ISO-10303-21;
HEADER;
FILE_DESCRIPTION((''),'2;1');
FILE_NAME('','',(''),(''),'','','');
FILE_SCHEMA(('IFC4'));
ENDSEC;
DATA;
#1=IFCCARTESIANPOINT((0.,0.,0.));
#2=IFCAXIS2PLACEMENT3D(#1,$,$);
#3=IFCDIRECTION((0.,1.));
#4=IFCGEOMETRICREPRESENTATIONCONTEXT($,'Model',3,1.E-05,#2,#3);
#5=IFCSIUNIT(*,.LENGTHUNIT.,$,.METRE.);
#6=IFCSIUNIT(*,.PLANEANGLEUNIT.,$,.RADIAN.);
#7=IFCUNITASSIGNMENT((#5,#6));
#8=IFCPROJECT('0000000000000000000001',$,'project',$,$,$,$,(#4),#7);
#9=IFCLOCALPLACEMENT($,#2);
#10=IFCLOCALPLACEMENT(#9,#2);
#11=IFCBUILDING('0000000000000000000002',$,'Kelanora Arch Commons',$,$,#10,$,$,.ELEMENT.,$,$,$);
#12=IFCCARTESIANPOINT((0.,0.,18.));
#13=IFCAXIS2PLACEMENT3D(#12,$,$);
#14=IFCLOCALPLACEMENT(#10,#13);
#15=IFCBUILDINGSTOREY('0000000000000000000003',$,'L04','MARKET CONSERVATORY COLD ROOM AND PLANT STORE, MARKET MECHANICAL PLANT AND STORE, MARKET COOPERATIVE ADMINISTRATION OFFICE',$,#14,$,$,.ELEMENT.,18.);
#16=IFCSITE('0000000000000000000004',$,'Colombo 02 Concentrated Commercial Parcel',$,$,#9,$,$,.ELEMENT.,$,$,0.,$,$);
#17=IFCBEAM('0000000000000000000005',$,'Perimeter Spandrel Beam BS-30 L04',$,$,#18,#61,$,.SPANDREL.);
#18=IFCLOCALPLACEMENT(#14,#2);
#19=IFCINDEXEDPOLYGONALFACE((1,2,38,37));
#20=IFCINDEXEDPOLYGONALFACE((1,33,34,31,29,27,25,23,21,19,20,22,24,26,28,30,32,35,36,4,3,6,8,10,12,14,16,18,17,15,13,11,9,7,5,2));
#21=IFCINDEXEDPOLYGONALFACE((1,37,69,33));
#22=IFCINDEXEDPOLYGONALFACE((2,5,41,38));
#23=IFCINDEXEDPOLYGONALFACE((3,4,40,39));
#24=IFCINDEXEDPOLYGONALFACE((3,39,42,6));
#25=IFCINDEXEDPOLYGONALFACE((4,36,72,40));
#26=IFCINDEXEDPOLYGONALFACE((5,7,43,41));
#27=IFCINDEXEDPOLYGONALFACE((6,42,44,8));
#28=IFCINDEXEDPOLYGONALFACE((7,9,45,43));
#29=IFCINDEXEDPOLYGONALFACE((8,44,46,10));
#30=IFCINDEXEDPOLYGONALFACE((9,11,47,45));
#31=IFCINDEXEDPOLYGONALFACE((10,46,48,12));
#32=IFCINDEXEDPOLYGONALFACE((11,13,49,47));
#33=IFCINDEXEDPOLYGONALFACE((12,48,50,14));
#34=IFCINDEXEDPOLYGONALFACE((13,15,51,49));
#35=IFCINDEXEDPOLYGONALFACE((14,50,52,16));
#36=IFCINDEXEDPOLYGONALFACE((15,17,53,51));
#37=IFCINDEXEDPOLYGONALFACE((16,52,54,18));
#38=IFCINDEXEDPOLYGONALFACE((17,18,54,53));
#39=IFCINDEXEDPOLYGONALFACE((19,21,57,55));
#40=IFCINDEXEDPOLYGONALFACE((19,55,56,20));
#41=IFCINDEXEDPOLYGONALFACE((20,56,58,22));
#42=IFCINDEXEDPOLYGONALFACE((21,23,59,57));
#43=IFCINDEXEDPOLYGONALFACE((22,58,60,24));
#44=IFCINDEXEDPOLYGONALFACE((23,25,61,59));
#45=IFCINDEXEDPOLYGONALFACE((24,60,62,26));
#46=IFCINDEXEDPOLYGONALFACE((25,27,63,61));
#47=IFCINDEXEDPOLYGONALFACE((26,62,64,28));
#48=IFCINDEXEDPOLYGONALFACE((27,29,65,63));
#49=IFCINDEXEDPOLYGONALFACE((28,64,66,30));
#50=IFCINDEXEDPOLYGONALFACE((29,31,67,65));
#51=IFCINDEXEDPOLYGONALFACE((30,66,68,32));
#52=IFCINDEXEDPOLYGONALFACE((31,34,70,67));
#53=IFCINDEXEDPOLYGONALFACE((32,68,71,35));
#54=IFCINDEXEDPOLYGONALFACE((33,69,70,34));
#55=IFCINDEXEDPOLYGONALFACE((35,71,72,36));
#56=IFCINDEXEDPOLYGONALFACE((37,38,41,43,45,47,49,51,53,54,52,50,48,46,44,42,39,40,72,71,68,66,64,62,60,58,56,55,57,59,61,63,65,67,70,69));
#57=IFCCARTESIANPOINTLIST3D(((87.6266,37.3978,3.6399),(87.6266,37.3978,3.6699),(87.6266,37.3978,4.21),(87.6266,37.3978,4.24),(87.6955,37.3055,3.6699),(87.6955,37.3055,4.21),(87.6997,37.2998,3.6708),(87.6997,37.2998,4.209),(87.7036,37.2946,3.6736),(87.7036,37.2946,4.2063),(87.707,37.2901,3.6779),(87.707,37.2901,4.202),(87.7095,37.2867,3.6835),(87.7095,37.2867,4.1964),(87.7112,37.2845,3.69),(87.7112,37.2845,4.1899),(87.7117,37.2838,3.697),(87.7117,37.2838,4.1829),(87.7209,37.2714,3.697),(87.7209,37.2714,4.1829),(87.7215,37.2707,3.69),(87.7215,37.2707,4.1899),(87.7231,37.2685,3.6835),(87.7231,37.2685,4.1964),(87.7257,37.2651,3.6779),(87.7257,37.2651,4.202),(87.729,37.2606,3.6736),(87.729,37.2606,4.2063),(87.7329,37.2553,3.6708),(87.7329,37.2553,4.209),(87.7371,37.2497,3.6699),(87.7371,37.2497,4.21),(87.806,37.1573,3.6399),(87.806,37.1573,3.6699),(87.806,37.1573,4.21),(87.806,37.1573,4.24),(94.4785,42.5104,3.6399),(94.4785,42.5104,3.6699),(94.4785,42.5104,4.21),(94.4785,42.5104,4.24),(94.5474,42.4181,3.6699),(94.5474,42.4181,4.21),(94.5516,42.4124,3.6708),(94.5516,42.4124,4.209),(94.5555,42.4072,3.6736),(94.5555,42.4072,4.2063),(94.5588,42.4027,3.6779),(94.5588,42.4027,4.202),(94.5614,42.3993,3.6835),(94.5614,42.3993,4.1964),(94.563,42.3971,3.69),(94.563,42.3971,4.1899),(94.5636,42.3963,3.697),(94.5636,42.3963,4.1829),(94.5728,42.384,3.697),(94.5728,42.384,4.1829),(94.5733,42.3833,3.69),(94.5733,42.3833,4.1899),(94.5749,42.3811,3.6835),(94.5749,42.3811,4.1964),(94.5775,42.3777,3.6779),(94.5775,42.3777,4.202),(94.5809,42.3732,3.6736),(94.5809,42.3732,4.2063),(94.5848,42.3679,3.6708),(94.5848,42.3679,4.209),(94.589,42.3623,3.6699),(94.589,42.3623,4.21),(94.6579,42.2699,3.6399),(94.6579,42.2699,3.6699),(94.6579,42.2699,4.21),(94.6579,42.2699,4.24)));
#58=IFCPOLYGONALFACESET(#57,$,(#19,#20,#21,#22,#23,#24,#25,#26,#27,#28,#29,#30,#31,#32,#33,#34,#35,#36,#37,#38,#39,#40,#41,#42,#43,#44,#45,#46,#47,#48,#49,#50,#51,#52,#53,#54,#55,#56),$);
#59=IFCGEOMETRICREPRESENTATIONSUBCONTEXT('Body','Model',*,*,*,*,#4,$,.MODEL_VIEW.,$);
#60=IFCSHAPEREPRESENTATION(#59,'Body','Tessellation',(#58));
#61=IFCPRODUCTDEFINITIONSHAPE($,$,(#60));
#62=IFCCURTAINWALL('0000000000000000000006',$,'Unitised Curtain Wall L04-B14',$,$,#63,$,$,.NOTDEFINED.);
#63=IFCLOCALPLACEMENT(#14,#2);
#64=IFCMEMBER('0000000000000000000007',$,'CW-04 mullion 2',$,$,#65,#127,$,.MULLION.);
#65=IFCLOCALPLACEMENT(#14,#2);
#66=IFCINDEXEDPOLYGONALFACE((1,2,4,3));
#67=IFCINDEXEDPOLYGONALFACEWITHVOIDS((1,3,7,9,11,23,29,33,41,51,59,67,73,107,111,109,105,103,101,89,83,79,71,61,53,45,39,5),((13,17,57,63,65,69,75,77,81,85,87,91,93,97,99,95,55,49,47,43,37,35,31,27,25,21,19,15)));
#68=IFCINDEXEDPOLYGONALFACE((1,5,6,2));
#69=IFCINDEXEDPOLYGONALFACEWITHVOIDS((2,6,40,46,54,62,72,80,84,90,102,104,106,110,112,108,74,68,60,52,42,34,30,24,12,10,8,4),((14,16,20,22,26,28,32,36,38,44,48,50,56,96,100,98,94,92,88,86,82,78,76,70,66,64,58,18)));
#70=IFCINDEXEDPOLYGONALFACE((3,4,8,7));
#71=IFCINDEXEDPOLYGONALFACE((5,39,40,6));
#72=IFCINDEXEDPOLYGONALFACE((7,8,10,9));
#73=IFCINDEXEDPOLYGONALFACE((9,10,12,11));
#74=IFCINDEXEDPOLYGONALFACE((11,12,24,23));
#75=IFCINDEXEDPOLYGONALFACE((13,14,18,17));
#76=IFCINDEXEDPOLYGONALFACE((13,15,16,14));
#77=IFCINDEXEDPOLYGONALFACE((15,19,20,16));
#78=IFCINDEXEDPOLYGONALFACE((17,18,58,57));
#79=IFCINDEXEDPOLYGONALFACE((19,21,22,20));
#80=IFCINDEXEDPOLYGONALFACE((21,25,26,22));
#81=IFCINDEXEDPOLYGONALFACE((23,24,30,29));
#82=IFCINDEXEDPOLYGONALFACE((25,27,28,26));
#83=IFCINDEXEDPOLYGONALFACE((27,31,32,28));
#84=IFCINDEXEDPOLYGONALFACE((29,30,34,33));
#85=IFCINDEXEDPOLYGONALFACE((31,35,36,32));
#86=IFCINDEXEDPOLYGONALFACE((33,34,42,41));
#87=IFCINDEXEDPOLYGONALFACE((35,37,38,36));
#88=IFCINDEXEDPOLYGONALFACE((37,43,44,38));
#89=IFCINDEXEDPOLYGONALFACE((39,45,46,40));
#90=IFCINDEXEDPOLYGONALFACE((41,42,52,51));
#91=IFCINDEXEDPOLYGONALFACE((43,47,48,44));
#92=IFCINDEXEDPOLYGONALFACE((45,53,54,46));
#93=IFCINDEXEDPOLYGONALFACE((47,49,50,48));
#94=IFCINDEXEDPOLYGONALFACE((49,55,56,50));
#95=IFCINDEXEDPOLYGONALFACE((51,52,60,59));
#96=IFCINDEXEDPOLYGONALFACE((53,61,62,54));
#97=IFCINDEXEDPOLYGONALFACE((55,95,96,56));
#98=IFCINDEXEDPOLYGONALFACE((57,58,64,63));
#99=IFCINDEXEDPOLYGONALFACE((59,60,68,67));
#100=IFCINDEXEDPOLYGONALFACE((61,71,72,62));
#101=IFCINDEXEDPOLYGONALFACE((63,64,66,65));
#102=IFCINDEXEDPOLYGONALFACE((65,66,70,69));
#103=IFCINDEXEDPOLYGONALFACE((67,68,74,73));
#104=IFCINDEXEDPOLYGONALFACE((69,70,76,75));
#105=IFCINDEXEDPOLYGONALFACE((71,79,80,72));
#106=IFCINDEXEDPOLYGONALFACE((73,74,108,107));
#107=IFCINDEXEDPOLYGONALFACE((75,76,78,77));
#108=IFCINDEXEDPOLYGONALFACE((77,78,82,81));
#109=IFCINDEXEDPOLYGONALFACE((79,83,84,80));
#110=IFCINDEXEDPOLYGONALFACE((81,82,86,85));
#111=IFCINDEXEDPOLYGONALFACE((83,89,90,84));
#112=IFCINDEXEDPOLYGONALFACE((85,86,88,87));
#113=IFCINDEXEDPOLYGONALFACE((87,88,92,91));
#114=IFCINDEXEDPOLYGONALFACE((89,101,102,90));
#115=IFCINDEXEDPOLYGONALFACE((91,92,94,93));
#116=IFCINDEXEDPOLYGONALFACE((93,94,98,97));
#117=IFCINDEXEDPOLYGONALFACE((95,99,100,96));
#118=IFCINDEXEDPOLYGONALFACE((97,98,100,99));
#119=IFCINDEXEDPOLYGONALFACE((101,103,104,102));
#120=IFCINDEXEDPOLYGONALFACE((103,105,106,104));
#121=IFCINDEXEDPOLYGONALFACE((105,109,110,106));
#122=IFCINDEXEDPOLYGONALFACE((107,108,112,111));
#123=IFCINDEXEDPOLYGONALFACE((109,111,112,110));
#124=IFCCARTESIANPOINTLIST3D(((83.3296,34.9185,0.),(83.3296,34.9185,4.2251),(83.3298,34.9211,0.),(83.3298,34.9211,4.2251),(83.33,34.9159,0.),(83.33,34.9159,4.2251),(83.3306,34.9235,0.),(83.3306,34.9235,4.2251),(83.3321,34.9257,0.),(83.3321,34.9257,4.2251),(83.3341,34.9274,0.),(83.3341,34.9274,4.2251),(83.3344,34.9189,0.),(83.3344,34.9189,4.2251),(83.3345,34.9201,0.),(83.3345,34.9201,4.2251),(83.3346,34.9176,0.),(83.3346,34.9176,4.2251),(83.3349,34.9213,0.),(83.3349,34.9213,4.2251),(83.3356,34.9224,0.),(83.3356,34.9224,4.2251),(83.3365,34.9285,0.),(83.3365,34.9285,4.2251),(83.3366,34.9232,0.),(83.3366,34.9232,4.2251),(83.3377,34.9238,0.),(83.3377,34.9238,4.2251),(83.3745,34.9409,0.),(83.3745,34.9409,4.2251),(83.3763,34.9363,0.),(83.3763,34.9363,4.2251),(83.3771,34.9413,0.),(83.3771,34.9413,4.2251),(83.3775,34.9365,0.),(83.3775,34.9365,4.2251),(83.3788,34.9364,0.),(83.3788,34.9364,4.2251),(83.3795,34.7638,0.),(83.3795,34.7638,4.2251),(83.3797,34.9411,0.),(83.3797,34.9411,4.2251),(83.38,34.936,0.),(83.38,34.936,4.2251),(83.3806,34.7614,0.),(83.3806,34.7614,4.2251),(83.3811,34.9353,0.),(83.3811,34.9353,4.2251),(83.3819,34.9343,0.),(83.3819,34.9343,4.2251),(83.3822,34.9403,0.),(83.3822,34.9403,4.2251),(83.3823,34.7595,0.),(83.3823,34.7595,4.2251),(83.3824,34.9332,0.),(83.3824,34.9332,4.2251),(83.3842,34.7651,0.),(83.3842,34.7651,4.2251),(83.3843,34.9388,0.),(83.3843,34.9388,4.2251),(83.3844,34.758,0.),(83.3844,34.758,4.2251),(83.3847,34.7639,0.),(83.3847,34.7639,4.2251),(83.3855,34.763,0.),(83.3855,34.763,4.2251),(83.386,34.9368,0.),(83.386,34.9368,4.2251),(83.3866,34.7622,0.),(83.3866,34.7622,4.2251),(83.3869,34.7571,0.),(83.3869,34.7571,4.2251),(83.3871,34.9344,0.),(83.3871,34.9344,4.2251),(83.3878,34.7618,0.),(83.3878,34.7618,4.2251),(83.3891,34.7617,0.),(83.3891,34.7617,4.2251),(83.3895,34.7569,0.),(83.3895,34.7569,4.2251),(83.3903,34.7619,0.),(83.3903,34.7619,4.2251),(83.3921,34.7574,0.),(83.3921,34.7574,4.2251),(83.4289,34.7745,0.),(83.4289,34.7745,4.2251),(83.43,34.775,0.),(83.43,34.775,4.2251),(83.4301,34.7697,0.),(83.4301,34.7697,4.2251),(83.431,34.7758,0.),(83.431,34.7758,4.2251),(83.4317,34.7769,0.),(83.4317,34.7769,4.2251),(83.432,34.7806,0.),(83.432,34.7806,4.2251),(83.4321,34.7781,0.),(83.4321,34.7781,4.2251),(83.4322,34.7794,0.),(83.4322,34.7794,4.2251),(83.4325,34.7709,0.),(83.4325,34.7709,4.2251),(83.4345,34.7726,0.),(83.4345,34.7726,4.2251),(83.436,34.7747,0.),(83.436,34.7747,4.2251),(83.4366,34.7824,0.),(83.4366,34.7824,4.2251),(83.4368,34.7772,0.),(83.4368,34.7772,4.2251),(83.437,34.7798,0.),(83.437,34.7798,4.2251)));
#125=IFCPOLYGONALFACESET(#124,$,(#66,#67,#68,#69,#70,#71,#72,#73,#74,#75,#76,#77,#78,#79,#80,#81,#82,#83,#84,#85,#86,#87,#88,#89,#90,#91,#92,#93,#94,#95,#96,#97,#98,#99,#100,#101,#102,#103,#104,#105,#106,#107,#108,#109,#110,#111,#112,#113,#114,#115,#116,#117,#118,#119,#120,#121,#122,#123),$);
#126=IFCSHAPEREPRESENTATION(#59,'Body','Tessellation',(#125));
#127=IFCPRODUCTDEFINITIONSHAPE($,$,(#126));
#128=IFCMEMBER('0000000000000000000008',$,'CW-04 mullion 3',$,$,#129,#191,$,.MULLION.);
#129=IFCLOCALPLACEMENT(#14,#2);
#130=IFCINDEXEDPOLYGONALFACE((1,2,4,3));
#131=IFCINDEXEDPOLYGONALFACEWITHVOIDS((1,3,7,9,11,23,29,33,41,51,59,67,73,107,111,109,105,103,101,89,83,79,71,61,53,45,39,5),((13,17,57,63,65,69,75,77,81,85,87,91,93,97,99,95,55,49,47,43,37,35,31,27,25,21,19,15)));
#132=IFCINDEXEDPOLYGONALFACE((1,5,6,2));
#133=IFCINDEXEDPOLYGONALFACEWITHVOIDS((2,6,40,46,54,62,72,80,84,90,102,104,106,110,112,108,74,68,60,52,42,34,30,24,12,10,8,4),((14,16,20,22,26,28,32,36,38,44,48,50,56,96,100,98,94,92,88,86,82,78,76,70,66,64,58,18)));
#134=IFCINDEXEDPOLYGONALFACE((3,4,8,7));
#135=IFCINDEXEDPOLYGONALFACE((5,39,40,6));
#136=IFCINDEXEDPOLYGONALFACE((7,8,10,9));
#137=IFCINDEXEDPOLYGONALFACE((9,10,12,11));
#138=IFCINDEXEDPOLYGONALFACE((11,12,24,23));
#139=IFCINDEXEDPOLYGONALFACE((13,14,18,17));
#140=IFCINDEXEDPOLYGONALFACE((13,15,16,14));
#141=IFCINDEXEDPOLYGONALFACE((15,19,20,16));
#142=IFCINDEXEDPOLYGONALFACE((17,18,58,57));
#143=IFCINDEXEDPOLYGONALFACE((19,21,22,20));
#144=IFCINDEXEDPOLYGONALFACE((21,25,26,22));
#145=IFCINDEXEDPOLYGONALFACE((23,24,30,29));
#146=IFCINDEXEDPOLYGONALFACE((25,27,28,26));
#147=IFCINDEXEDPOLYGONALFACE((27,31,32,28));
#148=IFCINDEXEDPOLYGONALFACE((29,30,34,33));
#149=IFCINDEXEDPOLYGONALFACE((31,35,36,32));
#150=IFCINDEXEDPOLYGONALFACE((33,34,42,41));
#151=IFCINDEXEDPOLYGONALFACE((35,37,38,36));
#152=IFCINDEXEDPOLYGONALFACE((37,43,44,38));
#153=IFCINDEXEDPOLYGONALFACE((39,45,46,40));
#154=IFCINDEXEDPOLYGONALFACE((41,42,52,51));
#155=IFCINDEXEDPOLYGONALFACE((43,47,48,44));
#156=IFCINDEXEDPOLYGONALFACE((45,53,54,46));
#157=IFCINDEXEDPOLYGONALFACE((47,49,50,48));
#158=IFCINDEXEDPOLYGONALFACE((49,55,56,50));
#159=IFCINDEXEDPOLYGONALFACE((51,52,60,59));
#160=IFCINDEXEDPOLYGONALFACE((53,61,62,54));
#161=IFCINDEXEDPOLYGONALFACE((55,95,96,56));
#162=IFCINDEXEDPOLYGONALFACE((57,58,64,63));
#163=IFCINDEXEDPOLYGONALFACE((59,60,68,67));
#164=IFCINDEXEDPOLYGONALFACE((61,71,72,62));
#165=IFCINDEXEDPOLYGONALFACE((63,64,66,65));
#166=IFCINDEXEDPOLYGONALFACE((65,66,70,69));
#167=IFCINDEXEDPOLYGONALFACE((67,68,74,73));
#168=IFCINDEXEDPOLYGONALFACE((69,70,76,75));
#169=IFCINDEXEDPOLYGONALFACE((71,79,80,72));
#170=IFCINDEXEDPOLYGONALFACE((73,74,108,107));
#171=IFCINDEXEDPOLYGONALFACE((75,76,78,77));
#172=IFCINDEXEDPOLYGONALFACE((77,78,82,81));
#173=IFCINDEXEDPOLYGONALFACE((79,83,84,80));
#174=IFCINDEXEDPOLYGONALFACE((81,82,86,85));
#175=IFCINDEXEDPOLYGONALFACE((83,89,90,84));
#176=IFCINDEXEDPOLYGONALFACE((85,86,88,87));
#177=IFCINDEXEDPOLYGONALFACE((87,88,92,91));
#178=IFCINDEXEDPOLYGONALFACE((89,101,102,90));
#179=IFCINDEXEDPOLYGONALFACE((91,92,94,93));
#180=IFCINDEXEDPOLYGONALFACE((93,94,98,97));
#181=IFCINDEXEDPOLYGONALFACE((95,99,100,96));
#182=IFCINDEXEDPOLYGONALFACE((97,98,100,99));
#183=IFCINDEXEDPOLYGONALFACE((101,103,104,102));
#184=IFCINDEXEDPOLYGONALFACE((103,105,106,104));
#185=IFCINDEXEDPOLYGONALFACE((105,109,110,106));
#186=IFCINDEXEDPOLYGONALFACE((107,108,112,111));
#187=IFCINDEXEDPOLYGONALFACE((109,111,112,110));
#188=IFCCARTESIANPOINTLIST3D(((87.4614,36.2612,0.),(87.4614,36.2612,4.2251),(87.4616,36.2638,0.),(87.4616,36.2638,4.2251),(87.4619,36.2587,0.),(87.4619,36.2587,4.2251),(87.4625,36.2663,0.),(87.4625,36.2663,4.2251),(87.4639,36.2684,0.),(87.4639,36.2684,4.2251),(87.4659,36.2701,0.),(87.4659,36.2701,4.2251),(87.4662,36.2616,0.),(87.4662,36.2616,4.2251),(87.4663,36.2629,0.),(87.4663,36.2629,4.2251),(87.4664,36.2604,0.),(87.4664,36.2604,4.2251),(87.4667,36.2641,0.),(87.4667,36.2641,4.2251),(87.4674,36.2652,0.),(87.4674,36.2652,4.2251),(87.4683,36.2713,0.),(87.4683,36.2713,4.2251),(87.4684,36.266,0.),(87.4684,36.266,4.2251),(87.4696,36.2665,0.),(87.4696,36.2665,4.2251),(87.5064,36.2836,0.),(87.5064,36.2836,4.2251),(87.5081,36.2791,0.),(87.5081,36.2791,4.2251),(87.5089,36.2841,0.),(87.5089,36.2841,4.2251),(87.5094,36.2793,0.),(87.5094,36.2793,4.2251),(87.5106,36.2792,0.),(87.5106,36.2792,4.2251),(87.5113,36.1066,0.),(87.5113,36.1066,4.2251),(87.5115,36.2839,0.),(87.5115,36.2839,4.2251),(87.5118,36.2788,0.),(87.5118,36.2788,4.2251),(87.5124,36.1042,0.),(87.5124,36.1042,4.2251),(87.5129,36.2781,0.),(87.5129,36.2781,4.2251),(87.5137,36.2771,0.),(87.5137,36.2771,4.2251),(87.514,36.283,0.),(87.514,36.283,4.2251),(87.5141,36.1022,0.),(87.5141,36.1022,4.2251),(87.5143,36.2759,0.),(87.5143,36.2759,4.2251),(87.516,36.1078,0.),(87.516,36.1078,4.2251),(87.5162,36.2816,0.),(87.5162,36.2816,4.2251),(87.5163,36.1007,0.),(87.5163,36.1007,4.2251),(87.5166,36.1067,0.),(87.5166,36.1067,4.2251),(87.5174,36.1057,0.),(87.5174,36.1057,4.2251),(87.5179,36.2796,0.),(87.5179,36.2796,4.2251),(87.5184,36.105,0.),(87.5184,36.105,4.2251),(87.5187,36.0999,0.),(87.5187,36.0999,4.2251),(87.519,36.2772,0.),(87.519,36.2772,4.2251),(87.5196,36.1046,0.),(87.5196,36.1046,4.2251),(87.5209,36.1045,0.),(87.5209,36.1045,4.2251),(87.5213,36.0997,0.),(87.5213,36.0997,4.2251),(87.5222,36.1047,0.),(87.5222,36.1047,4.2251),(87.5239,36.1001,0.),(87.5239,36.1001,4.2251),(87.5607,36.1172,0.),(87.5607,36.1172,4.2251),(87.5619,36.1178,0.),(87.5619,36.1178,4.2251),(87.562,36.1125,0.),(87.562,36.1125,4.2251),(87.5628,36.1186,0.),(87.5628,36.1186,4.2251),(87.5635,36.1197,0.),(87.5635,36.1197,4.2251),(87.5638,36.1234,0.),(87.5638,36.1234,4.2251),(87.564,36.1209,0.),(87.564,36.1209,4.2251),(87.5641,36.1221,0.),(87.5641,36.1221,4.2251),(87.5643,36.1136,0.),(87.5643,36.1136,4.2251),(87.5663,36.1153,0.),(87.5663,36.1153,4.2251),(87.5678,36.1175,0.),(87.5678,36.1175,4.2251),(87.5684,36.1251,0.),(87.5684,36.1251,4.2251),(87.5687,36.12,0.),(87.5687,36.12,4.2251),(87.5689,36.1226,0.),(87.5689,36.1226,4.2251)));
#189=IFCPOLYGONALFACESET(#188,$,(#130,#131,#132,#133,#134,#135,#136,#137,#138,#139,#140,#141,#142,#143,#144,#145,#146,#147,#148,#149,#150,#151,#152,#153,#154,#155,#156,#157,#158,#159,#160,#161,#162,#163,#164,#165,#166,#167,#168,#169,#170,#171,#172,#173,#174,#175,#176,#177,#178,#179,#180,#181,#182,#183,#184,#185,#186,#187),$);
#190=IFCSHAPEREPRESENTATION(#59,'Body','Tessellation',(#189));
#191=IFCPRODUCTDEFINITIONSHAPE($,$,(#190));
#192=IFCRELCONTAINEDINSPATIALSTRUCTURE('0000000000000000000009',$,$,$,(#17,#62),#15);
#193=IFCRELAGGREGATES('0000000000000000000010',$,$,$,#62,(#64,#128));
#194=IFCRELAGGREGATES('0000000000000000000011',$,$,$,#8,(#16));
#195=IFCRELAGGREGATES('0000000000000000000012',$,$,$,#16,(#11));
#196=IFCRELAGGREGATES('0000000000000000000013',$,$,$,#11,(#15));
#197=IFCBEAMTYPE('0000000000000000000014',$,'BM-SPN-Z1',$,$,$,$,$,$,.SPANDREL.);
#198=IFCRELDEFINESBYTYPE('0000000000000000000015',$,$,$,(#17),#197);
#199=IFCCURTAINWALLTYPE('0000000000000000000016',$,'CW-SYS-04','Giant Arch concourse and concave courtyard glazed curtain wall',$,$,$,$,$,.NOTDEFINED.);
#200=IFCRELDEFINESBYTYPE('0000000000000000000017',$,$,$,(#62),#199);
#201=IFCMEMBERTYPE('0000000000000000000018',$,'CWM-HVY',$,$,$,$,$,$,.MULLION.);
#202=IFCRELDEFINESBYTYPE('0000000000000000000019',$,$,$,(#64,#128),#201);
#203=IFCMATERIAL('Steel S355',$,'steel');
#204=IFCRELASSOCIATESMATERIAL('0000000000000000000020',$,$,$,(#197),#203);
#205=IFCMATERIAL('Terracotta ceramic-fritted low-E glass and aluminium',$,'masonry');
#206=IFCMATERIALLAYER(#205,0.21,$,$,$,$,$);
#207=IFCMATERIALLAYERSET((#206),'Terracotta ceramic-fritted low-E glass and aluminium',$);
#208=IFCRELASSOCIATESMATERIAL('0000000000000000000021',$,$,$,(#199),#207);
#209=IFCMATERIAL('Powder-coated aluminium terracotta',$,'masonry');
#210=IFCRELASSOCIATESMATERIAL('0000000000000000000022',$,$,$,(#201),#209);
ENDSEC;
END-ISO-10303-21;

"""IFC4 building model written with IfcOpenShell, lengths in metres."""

from ifc_helpers import new_model, si_unit, direction, frame, origin, origin_2d, place, context, subcontext, project, spatial, hollow_rectangle, i_section, extrude, material, layer, layer_set, material_profile, profile_set, type_object, element, aggregate, save


model = new_model("IFC4")

# Units and contexts
model_context = context("Model", 3, precision=1e-05, world=origin(), true_north=direction((0.0, 1.0)))
body_context = subcontext(model_context, "Body", "Model", "MODEL_VIEW")
ifc_project = project(units=[si_unit("LENGTHUNIT", "METRE"), si_unit("PLANEANGLEUNIT", "RADIAN")], contexts=[model_context])

# Site, building, storey
site_placement = place(None, origin())
site = spatial("IfcSite", under=ifc_project, at=site_placement, Name="Colombo 02 Concentrated Commercial Parcel", CompositionType="ELEMENT", RefElevation=0.0)
building_placement = place(site_placement, origin())
building = spatial("IfcBuilding", under=site, at=building_placement, Name="Kelanora Arch Commons", CompositionType="ELEMENT")
storey_placement = place(building_placement, frame((0.0, 0.0, 18.0)))
storey = spatial("IfcBuildingStorey", under=building, at=storey_placement, Name="L04", Description="MARKET CONSERVATORY COLD ROOM AND PLANT STORE, MARKET MECHANICAL PLANT AND STORE, MARKET COOPERATIVE ADMINISTRATION OFFICE", CompositionType="ELEMENT", Elevation=18.0)

# Beam
ifc_material_1 = material(Name="Steel S355", Category="steel")
ifc_material_profile_1 = material_profile(ifc_material_1, i_section(OverallWidth=0.3, OverallDepth=0.6001, WebThickness=0.0154, FlangeThickness=0.03, FilletRadius=0.0271, at=origin_2d()), Name="HEB600")
ifc_profile_set_1 = profile_set([ifc_material_profile_1], Name="Steel S355")
beam_type_1 = type_object("IfcBeamType", Name="BM-SPN-Z1", PredefinedType="SPANDREL", material=ifc_profile_set_1)
beam_1_placement = place(storey_placement, frame((87.7163, 37.2776, 3.9399), z_axis=(0.801475, 0.598029, 0.0), x_axis=(-0.598029, 0.801475, 0.0)))
element("IfcBeam", 1, at=beam_1_placement, inside=storey, type_object=beam_type_1, Name="Perimeter Spandrel Beam BS-30 L04", PredefinedType="SPANDREL", context=body_context, shape_type="SweptSolid", body=[
    extrude(i_section(OverallWidth=0.3, OverallDepth=0.6001, WebThickness=0.0154, FlangeThickness=0.03, FilletRadius=0.0271, at=origin_2d()), origin(), (0.0, 0.0, 1.0), 8.5491),
])

# Curtain wall, members
ifc_material_2 = material(Name="Terracotta ceramic-fritted low-E glass and aluminium", Category="masonry")
ifc_layer_1 = layer(ifc_material_2, 0.21)
ifc_layer_set_1 = layer_set([ifc_layer_1], Name="Terracotta ceramic-fritted low-E glass and aluminium")
curtain_wall_type = type_object("IfcCurtainWallType", Name="CW-SYS-04", Description="Giant Arch concourse and concave courtyard glazed curtain wall", PredefinedType="NOTDEFINED", material=ifc_layer_set_1)
curtain_wall_1_placement = place(storey_placement, origin())
curtain_wall_1 = element("IfcCurtainWall", 2, at=curtain_wall_1_placement, inside=storey, type_object=curtain_wall_type, Name="Unitised Curtain Wall L04-B14", PredefinedType="NOTDEFINED")
ifc_material_3 = material(Name="Powder-coated aluminium terracotta", Category="masonry")
ifc_material_profile_2 = material_profile(ifc_material_3, hollow_rectangle(XDim=0.1799, YDim=0.0601, WallThickness=0.0049, InnerFilletRadius=0.0049, OuterFilletRadius=0.01, at=origin_2d()), Name="CWM180x60")
ifc_profile_set_2 = profile_set([ifc_material_profile_2], Name="Powder-coated aluminium terracotta")
member_type_1 = type_object("IfcMemberType", Name="CWM-HVY", PredefinedType="MULLION", material=ifc_profile_set_2)
member_1_placement = place(storey_placement, frame((83.3833, 34.8491, 0.0), z_axis=(0.0, 0.0, 1.0), x_axis=(-0.30907, 0.951039, 0.0)))
member_1 = element("IfcMember", 3, at=member_1_placement, type_object=member_type_1, Name="CW-04 mullion 2", PredefinedType="MULLION", context=body_context, shape_type="SweptSolid", body=[
    extrude(hollow_rectangle(XDim=0.1799, YDim=0.0601, WallThickness=0.0049, InnerFilletRadius=0.0049, OuterFilletRadius=0.01, at=origin_2d()), origin(), (0.0, 0.0, 1.0), 4.2251),
])
member_2_placement = place(storey_placement, frame((87.5151, 36.1919, 0.0), z_axis=(0.0, 0.0, 1.0), x_axis=(-0.30907, 0.951039, 0.0)))
member_2 = element("IfcMember", 4, at=member_2_placement, type_object=member_type_1, Name="CW-04 mullion 3", PredefinedType="MULLION", context=body_context, shape_type="SweptSolid", body=[
    extrude(hollow_rectangle(XDim=0.1799, YDim=0.0601, WallThickness=0.0049, InnerFilletRadius=0.0049, OuterFilletRadius=0.01, at=origin_2d()), origin(), (0.0, 0.0, 1.0), 4.2251),
])

aggregate(curtain_wall_1, [member_1, member_2])

save(model, "model.ifc")
